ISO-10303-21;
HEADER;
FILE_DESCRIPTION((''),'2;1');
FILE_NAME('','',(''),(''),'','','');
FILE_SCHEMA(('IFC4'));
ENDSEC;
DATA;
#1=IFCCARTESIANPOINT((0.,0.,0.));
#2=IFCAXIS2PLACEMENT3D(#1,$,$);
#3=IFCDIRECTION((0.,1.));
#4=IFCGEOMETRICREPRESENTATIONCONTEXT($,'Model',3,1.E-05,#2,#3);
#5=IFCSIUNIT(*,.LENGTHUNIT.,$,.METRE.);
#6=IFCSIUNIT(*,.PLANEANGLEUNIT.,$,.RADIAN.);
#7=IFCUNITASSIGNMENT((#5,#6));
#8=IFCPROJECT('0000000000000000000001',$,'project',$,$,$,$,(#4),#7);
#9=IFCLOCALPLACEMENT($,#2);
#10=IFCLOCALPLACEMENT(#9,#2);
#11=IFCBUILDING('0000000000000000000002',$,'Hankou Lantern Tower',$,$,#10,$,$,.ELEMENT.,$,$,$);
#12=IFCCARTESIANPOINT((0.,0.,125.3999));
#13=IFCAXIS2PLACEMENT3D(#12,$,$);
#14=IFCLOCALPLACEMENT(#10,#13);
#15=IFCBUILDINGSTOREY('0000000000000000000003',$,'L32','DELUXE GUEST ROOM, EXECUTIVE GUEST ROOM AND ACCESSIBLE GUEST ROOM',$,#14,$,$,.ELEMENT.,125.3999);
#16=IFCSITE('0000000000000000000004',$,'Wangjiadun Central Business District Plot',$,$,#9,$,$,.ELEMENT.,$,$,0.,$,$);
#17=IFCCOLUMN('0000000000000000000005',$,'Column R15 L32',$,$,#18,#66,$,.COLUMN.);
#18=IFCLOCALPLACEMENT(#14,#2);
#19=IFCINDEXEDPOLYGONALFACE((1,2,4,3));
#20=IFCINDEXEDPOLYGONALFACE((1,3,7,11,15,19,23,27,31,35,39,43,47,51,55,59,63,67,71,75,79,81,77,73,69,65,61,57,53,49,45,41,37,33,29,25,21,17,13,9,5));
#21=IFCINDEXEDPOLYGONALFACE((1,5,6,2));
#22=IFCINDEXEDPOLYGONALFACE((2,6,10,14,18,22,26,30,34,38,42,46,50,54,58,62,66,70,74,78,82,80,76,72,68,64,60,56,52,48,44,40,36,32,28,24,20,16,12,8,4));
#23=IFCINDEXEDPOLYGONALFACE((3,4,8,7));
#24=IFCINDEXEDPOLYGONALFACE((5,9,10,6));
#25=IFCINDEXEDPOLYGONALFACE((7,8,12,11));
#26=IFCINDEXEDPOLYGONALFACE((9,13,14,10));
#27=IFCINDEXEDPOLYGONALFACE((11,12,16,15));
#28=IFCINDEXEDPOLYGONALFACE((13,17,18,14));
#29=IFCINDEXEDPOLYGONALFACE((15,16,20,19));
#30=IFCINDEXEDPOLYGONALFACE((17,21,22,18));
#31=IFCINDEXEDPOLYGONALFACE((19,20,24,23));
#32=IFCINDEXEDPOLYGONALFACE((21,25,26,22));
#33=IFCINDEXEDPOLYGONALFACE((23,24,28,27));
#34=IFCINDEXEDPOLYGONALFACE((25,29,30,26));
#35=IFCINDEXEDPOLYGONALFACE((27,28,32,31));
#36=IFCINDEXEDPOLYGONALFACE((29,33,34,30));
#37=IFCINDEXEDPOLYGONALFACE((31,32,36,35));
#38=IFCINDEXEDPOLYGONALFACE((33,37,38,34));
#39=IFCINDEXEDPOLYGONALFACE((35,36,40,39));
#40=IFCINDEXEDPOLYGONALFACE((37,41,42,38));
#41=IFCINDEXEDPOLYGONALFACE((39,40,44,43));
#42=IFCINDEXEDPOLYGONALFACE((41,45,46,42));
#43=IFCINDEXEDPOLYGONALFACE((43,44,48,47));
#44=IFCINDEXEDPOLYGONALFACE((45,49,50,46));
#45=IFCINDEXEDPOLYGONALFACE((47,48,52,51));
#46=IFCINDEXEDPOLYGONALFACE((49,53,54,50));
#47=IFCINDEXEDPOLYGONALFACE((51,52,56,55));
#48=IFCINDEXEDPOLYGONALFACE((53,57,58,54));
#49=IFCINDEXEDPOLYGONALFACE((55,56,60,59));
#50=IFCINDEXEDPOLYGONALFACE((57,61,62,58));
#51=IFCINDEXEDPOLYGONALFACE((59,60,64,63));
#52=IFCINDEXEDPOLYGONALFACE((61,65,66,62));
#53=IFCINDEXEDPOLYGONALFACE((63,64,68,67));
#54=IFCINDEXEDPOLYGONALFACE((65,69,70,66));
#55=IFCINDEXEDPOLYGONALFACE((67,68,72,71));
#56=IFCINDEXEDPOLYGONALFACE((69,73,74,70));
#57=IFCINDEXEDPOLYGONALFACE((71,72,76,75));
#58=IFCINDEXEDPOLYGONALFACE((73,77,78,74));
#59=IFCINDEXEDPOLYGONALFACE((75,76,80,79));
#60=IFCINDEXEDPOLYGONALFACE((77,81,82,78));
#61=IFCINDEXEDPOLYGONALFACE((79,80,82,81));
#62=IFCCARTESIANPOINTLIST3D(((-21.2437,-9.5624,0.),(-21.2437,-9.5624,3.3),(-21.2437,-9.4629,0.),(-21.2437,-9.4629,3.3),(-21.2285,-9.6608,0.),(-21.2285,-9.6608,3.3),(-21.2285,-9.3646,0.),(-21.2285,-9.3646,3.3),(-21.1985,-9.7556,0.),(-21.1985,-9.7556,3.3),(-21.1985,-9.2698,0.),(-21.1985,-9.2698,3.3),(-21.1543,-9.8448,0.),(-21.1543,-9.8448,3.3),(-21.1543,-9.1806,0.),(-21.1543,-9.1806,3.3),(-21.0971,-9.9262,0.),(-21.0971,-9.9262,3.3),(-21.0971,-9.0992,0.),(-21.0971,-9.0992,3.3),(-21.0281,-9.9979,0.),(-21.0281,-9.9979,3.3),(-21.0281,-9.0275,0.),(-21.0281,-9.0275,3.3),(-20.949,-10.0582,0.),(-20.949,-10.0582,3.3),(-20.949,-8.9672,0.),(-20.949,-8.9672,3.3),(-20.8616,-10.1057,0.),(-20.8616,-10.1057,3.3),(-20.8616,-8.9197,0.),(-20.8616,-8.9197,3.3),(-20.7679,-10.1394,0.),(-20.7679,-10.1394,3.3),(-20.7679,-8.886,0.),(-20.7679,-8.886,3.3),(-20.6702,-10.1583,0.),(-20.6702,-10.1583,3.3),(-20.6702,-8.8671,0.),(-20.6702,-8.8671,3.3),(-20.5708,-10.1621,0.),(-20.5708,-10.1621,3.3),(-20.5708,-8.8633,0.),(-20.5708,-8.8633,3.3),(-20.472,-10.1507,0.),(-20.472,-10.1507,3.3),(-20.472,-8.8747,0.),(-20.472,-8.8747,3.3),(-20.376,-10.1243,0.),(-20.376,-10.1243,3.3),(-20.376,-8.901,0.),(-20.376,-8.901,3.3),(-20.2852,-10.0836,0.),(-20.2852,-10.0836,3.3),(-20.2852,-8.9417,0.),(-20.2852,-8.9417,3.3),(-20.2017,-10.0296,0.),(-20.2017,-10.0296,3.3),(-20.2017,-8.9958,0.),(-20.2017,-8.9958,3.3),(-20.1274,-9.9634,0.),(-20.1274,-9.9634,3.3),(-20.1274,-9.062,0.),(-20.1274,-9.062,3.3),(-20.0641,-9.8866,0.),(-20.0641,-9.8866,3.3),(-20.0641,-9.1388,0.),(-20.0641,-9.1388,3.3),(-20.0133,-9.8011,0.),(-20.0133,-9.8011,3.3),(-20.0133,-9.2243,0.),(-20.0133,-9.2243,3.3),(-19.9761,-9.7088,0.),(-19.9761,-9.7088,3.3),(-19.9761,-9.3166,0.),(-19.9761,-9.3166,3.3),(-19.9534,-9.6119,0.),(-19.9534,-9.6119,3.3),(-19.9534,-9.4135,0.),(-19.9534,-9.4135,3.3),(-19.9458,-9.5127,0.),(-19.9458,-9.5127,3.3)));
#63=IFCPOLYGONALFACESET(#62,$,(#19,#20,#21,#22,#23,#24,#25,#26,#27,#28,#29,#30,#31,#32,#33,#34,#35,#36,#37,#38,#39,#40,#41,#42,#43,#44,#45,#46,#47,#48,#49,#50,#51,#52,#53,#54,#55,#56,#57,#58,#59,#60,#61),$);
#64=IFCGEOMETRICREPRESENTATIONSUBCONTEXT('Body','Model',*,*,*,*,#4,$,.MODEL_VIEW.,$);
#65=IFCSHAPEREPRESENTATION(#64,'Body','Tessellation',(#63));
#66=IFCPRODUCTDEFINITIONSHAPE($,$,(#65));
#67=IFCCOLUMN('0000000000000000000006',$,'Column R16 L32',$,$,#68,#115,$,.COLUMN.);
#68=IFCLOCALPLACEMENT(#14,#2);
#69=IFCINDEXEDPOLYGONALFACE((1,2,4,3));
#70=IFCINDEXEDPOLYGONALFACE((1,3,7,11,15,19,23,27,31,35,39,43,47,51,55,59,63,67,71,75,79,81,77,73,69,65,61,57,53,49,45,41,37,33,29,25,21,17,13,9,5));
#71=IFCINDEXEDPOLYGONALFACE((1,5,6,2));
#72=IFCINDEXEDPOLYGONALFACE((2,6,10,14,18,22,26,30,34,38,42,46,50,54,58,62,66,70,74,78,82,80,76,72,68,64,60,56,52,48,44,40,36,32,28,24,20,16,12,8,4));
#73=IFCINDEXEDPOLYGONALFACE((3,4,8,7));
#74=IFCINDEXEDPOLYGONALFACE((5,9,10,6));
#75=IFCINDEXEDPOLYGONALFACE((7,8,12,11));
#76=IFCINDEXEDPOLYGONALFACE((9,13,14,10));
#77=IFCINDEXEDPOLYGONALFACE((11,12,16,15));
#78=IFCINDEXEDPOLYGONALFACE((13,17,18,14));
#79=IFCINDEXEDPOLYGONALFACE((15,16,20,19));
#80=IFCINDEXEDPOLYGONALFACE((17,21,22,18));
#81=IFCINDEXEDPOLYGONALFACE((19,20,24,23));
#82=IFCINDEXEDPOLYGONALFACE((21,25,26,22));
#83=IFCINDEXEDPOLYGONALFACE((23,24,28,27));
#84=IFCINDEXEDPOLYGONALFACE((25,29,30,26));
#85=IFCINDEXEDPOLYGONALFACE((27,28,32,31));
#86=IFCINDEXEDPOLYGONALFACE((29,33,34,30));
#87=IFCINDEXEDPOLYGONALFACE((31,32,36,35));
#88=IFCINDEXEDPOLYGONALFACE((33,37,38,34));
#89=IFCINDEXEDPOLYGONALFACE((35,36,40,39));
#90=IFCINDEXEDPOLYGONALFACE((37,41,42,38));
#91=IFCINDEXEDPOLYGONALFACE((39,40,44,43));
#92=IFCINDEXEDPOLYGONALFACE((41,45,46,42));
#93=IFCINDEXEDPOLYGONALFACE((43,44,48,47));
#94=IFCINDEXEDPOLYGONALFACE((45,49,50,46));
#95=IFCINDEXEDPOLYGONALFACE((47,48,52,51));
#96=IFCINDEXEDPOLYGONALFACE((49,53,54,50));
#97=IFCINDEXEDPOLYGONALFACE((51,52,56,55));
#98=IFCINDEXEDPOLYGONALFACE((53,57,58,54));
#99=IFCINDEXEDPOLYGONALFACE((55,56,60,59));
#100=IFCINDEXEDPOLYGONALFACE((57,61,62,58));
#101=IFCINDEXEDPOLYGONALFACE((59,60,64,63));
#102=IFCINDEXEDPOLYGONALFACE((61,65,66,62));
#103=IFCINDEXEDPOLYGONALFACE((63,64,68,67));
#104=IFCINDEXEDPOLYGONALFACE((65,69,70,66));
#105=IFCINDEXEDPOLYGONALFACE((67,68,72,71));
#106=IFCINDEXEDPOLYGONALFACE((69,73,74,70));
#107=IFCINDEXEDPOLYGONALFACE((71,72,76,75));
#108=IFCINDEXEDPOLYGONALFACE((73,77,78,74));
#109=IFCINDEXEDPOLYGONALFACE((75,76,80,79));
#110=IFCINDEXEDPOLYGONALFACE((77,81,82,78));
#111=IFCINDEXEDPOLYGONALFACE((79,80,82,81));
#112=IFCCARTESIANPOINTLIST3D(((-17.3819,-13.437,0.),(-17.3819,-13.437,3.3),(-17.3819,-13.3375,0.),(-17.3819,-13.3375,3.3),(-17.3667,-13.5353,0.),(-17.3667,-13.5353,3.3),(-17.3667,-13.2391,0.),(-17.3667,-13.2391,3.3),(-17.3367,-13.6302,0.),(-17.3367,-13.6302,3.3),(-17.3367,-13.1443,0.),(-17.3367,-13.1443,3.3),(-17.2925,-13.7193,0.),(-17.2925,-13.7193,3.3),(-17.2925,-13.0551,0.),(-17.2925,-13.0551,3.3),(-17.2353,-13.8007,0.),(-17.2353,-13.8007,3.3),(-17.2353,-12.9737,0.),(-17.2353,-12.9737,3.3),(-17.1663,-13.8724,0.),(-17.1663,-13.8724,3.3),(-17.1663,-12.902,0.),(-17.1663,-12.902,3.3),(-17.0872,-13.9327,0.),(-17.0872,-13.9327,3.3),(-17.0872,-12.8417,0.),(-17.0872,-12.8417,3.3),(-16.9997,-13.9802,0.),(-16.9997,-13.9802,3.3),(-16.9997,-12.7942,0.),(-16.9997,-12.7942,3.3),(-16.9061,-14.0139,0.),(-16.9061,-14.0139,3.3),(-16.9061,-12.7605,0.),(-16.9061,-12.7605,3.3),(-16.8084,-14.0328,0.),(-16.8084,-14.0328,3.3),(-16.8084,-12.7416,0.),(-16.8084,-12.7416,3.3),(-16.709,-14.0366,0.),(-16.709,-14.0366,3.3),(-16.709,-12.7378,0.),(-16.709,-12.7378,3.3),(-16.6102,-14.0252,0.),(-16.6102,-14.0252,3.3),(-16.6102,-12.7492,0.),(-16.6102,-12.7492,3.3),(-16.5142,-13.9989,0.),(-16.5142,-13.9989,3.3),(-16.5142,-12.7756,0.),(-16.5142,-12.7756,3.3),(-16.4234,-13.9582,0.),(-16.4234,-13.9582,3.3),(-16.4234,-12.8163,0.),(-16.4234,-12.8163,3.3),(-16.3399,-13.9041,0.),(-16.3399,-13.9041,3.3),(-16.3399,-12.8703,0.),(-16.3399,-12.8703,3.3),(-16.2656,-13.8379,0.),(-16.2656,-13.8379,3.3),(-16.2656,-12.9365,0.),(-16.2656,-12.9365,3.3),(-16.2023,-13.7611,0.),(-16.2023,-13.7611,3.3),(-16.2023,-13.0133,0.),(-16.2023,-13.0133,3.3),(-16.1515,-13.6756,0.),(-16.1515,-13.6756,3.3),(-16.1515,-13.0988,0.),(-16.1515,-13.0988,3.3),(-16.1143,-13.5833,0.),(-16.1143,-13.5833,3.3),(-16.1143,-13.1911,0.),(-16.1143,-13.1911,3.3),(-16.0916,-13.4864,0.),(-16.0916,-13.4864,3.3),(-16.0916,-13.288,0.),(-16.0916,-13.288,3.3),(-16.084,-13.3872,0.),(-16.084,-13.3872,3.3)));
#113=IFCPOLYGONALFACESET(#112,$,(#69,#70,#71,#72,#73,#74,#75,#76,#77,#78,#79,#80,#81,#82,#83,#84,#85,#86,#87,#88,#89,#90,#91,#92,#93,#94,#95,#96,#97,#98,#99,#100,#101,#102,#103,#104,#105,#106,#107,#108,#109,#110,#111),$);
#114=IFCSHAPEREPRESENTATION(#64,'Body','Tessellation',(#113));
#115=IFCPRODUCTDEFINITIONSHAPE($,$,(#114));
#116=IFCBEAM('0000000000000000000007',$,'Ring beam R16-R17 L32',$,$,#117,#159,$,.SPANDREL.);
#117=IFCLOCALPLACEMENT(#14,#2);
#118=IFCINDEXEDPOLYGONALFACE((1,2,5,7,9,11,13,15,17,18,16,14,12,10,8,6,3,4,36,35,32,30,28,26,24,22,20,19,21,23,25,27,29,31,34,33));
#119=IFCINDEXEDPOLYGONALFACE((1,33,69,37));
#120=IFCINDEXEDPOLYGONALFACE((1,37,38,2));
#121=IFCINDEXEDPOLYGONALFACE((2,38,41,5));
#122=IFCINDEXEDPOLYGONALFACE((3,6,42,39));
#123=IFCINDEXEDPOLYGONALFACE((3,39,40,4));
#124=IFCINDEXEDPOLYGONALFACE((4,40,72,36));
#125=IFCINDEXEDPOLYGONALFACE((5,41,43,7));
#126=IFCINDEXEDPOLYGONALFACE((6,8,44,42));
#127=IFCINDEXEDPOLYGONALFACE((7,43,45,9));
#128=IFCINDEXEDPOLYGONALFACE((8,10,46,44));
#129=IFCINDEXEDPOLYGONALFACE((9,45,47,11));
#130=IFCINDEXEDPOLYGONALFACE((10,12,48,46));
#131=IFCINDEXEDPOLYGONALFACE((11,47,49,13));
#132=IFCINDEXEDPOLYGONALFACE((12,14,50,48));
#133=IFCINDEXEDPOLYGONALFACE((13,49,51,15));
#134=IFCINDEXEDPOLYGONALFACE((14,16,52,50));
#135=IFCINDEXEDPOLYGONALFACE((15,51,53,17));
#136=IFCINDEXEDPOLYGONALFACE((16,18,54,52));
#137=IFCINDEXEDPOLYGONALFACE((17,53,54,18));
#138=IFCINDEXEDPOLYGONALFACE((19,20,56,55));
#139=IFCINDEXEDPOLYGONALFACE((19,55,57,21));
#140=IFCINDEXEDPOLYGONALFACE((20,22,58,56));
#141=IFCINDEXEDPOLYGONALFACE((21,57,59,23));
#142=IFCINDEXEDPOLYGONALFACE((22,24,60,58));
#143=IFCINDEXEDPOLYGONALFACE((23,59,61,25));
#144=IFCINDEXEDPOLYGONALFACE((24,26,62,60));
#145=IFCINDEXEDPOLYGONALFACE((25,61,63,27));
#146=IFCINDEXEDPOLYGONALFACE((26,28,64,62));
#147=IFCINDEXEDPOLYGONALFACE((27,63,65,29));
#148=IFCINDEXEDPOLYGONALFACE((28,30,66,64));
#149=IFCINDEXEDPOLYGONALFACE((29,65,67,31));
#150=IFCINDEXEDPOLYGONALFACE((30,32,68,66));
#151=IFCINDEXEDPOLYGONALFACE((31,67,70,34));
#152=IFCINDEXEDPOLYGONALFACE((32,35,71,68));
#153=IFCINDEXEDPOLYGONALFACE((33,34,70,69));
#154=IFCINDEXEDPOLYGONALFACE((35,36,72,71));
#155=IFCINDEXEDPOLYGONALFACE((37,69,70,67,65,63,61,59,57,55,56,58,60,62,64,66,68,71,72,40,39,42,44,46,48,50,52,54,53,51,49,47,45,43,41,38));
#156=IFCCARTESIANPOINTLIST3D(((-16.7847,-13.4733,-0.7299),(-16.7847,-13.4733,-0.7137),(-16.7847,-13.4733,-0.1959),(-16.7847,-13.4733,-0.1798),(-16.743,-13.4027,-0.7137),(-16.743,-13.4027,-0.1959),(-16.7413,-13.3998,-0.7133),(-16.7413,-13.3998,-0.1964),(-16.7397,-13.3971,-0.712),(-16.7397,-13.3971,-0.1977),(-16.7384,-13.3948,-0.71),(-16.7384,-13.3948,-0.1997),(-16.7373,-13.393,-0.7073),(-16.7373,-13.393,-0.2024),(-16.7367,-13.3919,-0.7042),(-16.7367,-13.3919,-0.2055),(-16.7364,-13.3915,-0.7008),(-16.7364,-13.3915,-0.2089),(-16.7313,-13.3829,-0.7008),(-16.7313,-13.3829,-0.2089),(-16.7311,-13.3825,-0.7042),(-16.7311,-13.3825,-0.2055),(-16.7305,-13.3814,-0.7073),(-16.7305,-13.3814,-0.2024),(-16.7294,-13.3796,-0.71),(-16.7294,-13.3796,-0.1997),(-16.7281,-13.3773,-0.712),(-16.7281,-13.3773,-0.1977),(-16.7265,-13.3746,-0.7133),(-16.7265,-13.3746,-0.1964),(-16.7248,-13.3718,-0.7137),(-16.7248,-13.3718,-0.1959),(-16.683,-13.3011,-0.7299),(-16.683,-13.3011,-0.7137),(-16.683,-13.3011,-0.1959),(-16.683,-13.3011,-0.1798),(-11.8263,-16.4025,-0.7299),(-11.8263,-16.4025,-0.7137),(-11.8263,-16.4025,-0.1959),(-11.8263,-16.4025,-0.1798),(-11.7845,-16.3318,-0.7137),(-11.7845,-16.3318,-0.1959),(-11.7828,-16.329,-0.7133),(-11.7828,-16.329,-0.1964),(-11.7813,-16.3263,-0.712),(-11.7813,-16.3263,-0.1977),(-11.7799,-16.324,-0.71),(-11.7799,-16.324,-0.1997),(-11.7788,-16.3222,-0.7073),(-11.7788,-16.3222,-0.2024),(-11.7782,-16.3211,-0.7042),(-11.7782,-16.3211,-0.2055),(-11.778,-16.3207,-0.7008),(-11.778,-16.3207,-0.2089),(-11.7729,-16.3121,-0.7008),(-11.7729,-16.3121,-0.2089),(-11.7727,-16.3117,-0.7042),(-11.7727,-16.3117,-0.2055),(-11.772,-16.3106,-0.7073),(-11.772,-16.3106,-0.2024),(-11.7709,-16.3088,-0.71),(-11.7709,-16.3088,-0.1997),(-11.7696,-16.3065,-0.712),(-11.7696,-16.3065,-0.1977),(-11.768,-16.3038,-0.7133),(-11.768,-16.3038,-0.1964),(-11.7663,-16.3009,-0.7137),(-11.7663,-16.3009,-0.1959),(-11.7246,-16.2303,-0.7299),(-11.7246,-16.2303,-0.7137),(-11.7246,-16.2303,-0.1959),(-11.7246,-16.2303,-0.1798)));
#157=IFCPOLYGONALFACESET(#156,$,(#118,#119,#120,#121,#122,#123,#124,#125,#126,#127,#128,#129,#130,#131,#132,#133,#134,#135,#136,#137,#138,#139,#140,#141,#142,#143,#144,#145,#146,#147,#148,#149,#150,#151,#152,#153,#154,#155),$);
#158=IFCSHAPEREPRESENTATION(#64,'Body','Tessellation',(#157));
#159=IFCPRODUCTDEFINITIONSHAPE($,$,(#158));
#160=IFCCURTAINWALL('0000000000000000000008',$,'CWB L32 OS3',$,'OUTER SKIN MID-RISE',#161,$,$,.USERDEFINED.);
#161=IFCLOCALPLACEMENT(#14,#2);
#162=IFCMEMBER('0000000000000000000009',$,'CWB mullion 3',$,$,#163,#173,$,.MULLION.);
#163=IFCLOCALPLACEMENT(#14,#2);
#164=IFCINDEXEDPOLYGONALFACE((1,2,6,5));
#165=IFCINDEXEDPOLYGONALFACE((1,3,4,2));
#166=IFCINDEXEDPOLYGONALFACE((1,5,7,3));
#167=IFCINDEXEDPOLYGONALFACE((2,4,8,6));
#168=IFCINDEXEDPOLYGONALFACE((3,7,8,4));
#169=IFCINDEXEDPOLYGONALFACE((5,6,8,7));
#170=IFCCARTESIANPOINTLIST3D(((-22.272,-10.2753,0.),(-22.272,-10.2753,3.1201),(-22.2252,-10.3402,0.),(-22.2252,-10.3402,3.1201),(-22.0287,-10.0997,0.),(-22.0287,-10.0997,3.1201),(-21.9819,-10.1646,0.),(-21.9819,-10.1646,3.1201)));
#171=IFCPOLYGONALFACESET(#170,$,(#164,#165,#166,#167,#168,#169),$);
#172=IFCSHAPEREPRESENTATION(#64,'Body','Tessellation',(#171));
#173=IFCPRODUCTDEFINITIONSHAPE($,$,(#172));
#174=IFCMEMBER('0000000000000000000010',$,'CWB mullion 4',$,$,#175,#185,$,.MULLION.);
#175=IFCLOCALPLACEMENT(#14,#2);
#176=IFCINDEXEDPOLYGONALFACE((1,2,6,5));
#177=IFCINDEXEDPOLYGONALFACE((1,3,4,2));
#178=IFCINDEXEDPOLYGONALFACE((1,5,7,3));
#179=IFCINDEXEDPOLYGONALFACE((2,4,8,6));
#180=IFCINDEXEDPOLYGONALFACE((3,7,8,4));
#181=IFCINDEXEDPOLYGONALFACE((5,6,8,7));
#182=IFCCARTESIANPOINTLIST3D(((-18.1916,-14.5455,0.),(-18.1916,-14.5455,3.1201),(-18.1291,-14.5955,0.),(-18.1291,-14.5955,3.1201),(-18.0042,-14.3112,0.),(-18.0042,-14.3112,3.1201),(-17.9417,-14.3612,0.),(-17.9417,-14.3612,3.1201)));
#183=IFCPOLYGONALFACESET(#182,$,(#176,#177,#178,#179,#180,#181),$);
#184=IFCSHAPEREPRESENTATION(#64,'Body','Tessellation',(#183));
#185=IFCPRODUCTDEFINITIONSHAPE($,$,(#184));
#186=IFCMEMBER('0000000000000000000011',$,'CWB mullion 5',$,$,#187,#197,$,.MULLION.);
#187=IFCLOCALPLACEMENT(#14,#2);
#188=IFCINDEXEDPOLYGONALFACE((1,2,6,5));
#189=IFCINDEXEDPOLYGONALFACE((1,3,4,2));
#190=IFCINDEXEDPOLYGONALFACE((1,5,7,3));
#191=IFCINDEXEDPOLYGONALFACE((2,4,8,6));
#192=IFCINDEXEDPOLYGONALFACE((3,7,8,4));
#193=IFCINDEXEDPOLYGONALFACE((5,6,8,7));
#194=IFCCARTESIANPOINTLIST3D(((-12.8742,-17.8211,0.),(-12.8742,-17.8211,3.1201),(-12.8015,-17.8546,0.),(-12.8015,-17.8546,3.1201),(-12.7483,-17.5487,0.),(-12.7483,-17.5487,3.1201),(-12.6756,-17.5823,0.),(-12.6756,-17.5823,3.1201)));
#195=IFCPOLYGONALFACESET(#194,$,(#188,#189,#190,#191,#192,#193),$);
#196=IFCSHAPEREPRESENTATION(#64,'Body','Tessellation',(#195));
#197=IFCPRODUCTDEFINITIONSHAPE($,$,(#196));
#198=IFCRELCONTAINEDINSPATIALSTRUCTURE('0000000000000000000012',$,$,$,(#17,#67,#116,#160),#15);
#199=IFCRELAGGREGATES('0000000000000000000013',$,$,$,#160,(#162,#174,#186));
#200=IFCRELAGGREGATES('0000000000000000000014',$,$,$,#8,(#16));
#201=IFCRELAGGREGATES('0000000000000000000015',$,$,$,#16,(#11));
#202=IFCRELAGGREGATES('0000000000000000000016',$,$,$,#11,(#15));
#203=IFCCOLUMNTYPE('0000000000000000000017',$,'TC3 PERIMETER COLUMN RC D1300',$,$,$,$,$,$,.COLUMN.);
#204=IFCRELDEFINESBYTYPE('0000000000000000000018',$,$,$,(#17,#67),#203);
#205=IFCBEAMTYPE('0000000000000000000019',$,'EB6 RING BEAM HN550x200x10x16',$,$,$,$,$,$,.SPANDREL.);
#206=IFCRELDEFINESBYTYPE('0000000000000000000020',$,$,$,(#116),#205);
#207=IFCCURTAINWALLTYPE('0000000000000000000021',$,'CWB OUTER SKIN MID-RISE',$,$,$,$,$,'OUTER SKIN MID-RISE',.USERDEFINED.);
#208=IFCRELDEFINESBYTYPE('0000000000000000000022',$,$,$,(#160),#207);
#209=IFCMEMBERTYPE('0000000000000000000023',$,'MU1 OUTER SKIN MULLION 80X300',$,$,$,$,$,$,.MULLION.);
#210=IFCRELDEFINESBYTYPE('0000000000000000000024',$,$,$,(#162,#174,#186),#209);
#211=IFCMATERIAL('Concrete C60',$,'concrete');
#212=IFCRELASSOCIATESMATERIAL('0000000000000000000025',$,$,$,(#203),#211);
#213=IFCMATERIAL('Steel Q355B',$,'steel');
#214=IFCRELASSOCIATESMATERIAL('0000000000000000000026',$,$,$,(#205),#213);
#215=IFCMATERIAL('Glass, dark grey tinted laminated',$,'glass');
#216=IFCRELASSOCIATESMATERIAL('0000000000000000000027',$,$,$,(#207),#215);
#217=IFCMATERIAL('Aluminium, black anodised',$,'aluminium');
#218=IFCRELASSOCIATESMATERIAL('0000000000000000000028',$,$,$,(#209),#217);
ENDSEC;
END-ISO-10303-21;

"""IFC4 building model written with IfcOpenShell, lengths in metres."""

from ifc_helpers import new_model, si_unit, direction, frame, origin, origin_2d, place, context, subcontext, project, spatial, rectangle, circle, i_section, extrude, material, material_profile, profile_set, type_object, element, aggregate, save


model = new_model("IFC4")

# Units and contexts
model_context = context("Model", 3, precision=1e-05, world=origin(), true_north=direction((0.0, 1.0)))
body_context = subcontext(model_context, "Body", "Model", "MODEL_VIEW")
ifc_project = project(units=[si_unit("LENGTHUNIT", "METRE"), si_unit("PLANEANGLEUNIT", "RADIAN")], contexts=[model_context])

# Site, building, storey
site_placement = place(None, origin())
site = spatial("IfcSite", under=ifc_project, at=site_placement, Name="Wangjiadun Central Business District Plot", CompositionType="ELEMENT", RefElevation=0.0)
building_placement = place(site_placement, origin())
building = spatial("IfcBuilding", under=site, at=building_placement, Name="Hankou Lantern Tower", CompositionType="ELEMENT")
storey_placement = place(building_placement, frame((0.0, 0.0, 125.3999)))
storey = spatial("IfcBuildingStorey", under=building, at=storey_placement, Name="L32", Description="DELUXE GUEST ROOM, EXECUTIVE GUEST ROOM AND ACCESSIBLE GUEST ROOM", CompositionType="ELEMENT", Elevation=125.3999)

# Columns
ifc_material_1 = material(Name="Concrete C60", Category="concrete")
ifc_material_profile_1 = material_profile(ifc_material_1, circle(Radius=0.6499, at=origin_2d()), Name="RC D1300")
ifc_profile_set_1 = profile_set([ifc_material_profile_1], Name="Concrete C60")
column_type = type_object("IfcColumnType", Name="TC3 PERIMETER COLUMN RC D1300", PredefinedType="COLUMN", material=ifc_profile_set_1)
for number, where, z_axis, x_axis, name in (
    (1, (-20.5957, -9.5127, 0.0), (0.0, 0.0, 1.0), (1.0, 0.0, 0.0), "Column R15 L32"),
    (2, (-16.7339, -13.3872, 0.0), (0.0, 0.0, 1.0), (1.0, 0.0, 0.0), "Column R16 L32"),
):
    element("IfcColumn", number, at=place(storey_placement, frame(where, z_axis=z_axis, x_axis=x_axis)), inside=storey, type_object=column_type, Name=name, PredefinedType="COLUMN", context=body_context, shape_type="SweptSolid", body=[
        extrude(circle(Radius=0.6499, at=origin_2d()), origin(), (0.0, 0.0, 1.0), 3.3),
    ])

# Beam
ifc_material_2 = material(Name="Steel Q355B", Category="steel")
ifc_material_profile_2 = material_profile(ifc_material_2, i_section(OverallWidth=0.2, OverallDepth=0.55, WebThickness=0.01, FlangeThickness=0.0161, FilletRadius=0.0129, at=origin_2d()), Name="HN550x200x10x16")
ifc_profile_set_2 = profile_set([ifc_material_profile_2], Name="Steel Q355B")
beam_type_1 = type_object("IfcBeamType", Name="EB6 RING BEAM HN550x200x10x16", PredefinedType="SPANDREL", material=ifc_profile_set_2)
beam_1_placement = place(storey_placement, frame((-16.7339, -13.3872, -0.4548), z_axis=(0.860989, -0.508624, 0.0), x_axis=(0.508624, 0.860989, 0.0)))
element("IfcBeam", 3, at=beam_1_placement, inside=storey, type_object=beam_type_1, Name="Ring beam R16-R17 L32", PredefinedType="SPANDREL", context=body_context, shape_type="SweptSolid", body=[
    extrude(i_section(OverallWidth=0.2, OverallDepth=0.55, WebThickness=0.01, FlangeThickness=0.0161, FilletRadius=0.0129, at=origin_2d()), origin(), (0.0, 0.0, 1.0), 5.759),
])

# Curtain wall, members
ifc_material_3 = material(Name="Glass, dark grey tinted laminated", Category="glass")
curtain_wall_type = type_object("IfcCurtainWallType", Name="CWB OUTER SKIN MID-RISE", ElementType="OUTER SKIN MID-RISE", PredefinedType="USERDEFINED", material=ifc_material_3)
curtain_wall_placement = place(storey_placement, origin())
curtain_wall = element("IfcCurtainWall", 4, at=curtain_wall_placement, inside=storey, type_object=curtain_wall_type, Name="CWB L32 OS3", ObjectType="OUTER SKIN MID-RISE", PredefinedType="USERDEFINED")
ifc_material_4 = material(Name="Aluminium, black anodised", Category="aluminium")
ifc_material_profile_3 = material_profile(ifc_material_4, rectangle(XDim=0.0801, YDim=0.3, at=origin_2d()), Name="MU1 80X300")
ifc_profile_set_3 = profile_set([ifc_material_profile_3], Name="Aluminium, black anodised")
member_type_1 = type_object("IfcMemberType", Name="MU1 OUTER SKIN MULLION 80X300", PredefinedType="MULLION", material=ifc_profile_set_3)
member_1_placement = place(storey_placement, frame((-22.127, -10.22, 0.0), z_axis=(0.0, 0.0, 1.0), x_axis=(0.585206, -0.810885, 0.0)))
member_1 = element("IfcMember", 5, at=member_1_placement, type_object=member_type_1, Name="CWB mullion 3", PredefinedType="MULLION", context=body_context, shape_type="SweptSolid", body=[
    extrude(rectangle(XDim=0.0801, YDim=0.3, at=origin_2d()), origin(), (0.0, 0.0, 1.0), 3.1201),
])
member_2_placement = place(storey_placement, frame((-18.0667, -14.4534, 0.0), z_axis=(0.0, 0.0, 1.0), x_axis=(0.780869, -0.624695, 0.0)))
member_2 = element("IfcMember", 6, at=member_2_placement, type_object=member_type_1, Name="CWB mullion 4", PredefinedType="MULLION", context=body_context, shape_type="SweptSolid", body=[
    extrude(rectangle(XDim=0.0801, YDim=0.3, at=origin_2d()), origin(), (0.0, 0.0, 1.0), 3.1201),
])
member_3_placement = place(storey_placement, frame((-12.7749, -17.7017, 0.0), z_axis=(0.0, 0.0, 1.0), x_axis=(0.907841, -0.419314, 0.0)))
member_3 = element("IfcMember", 7, at=member_3_placement, type_object=member_type_1, Name="CWB mullion 5", PredefinedType="MULLION", context=body_context, shape_type="SweptSolid", body=[
    extrude(rectangle(XDim=0.0801, YDim=0.3, at=origin_2d()), origin(), (0.0, 0.0, 1.0), 3.1201),
])

aggregate(curtain_wall, [member_1, member_2, member_3])

save(model, "model.ifc")
